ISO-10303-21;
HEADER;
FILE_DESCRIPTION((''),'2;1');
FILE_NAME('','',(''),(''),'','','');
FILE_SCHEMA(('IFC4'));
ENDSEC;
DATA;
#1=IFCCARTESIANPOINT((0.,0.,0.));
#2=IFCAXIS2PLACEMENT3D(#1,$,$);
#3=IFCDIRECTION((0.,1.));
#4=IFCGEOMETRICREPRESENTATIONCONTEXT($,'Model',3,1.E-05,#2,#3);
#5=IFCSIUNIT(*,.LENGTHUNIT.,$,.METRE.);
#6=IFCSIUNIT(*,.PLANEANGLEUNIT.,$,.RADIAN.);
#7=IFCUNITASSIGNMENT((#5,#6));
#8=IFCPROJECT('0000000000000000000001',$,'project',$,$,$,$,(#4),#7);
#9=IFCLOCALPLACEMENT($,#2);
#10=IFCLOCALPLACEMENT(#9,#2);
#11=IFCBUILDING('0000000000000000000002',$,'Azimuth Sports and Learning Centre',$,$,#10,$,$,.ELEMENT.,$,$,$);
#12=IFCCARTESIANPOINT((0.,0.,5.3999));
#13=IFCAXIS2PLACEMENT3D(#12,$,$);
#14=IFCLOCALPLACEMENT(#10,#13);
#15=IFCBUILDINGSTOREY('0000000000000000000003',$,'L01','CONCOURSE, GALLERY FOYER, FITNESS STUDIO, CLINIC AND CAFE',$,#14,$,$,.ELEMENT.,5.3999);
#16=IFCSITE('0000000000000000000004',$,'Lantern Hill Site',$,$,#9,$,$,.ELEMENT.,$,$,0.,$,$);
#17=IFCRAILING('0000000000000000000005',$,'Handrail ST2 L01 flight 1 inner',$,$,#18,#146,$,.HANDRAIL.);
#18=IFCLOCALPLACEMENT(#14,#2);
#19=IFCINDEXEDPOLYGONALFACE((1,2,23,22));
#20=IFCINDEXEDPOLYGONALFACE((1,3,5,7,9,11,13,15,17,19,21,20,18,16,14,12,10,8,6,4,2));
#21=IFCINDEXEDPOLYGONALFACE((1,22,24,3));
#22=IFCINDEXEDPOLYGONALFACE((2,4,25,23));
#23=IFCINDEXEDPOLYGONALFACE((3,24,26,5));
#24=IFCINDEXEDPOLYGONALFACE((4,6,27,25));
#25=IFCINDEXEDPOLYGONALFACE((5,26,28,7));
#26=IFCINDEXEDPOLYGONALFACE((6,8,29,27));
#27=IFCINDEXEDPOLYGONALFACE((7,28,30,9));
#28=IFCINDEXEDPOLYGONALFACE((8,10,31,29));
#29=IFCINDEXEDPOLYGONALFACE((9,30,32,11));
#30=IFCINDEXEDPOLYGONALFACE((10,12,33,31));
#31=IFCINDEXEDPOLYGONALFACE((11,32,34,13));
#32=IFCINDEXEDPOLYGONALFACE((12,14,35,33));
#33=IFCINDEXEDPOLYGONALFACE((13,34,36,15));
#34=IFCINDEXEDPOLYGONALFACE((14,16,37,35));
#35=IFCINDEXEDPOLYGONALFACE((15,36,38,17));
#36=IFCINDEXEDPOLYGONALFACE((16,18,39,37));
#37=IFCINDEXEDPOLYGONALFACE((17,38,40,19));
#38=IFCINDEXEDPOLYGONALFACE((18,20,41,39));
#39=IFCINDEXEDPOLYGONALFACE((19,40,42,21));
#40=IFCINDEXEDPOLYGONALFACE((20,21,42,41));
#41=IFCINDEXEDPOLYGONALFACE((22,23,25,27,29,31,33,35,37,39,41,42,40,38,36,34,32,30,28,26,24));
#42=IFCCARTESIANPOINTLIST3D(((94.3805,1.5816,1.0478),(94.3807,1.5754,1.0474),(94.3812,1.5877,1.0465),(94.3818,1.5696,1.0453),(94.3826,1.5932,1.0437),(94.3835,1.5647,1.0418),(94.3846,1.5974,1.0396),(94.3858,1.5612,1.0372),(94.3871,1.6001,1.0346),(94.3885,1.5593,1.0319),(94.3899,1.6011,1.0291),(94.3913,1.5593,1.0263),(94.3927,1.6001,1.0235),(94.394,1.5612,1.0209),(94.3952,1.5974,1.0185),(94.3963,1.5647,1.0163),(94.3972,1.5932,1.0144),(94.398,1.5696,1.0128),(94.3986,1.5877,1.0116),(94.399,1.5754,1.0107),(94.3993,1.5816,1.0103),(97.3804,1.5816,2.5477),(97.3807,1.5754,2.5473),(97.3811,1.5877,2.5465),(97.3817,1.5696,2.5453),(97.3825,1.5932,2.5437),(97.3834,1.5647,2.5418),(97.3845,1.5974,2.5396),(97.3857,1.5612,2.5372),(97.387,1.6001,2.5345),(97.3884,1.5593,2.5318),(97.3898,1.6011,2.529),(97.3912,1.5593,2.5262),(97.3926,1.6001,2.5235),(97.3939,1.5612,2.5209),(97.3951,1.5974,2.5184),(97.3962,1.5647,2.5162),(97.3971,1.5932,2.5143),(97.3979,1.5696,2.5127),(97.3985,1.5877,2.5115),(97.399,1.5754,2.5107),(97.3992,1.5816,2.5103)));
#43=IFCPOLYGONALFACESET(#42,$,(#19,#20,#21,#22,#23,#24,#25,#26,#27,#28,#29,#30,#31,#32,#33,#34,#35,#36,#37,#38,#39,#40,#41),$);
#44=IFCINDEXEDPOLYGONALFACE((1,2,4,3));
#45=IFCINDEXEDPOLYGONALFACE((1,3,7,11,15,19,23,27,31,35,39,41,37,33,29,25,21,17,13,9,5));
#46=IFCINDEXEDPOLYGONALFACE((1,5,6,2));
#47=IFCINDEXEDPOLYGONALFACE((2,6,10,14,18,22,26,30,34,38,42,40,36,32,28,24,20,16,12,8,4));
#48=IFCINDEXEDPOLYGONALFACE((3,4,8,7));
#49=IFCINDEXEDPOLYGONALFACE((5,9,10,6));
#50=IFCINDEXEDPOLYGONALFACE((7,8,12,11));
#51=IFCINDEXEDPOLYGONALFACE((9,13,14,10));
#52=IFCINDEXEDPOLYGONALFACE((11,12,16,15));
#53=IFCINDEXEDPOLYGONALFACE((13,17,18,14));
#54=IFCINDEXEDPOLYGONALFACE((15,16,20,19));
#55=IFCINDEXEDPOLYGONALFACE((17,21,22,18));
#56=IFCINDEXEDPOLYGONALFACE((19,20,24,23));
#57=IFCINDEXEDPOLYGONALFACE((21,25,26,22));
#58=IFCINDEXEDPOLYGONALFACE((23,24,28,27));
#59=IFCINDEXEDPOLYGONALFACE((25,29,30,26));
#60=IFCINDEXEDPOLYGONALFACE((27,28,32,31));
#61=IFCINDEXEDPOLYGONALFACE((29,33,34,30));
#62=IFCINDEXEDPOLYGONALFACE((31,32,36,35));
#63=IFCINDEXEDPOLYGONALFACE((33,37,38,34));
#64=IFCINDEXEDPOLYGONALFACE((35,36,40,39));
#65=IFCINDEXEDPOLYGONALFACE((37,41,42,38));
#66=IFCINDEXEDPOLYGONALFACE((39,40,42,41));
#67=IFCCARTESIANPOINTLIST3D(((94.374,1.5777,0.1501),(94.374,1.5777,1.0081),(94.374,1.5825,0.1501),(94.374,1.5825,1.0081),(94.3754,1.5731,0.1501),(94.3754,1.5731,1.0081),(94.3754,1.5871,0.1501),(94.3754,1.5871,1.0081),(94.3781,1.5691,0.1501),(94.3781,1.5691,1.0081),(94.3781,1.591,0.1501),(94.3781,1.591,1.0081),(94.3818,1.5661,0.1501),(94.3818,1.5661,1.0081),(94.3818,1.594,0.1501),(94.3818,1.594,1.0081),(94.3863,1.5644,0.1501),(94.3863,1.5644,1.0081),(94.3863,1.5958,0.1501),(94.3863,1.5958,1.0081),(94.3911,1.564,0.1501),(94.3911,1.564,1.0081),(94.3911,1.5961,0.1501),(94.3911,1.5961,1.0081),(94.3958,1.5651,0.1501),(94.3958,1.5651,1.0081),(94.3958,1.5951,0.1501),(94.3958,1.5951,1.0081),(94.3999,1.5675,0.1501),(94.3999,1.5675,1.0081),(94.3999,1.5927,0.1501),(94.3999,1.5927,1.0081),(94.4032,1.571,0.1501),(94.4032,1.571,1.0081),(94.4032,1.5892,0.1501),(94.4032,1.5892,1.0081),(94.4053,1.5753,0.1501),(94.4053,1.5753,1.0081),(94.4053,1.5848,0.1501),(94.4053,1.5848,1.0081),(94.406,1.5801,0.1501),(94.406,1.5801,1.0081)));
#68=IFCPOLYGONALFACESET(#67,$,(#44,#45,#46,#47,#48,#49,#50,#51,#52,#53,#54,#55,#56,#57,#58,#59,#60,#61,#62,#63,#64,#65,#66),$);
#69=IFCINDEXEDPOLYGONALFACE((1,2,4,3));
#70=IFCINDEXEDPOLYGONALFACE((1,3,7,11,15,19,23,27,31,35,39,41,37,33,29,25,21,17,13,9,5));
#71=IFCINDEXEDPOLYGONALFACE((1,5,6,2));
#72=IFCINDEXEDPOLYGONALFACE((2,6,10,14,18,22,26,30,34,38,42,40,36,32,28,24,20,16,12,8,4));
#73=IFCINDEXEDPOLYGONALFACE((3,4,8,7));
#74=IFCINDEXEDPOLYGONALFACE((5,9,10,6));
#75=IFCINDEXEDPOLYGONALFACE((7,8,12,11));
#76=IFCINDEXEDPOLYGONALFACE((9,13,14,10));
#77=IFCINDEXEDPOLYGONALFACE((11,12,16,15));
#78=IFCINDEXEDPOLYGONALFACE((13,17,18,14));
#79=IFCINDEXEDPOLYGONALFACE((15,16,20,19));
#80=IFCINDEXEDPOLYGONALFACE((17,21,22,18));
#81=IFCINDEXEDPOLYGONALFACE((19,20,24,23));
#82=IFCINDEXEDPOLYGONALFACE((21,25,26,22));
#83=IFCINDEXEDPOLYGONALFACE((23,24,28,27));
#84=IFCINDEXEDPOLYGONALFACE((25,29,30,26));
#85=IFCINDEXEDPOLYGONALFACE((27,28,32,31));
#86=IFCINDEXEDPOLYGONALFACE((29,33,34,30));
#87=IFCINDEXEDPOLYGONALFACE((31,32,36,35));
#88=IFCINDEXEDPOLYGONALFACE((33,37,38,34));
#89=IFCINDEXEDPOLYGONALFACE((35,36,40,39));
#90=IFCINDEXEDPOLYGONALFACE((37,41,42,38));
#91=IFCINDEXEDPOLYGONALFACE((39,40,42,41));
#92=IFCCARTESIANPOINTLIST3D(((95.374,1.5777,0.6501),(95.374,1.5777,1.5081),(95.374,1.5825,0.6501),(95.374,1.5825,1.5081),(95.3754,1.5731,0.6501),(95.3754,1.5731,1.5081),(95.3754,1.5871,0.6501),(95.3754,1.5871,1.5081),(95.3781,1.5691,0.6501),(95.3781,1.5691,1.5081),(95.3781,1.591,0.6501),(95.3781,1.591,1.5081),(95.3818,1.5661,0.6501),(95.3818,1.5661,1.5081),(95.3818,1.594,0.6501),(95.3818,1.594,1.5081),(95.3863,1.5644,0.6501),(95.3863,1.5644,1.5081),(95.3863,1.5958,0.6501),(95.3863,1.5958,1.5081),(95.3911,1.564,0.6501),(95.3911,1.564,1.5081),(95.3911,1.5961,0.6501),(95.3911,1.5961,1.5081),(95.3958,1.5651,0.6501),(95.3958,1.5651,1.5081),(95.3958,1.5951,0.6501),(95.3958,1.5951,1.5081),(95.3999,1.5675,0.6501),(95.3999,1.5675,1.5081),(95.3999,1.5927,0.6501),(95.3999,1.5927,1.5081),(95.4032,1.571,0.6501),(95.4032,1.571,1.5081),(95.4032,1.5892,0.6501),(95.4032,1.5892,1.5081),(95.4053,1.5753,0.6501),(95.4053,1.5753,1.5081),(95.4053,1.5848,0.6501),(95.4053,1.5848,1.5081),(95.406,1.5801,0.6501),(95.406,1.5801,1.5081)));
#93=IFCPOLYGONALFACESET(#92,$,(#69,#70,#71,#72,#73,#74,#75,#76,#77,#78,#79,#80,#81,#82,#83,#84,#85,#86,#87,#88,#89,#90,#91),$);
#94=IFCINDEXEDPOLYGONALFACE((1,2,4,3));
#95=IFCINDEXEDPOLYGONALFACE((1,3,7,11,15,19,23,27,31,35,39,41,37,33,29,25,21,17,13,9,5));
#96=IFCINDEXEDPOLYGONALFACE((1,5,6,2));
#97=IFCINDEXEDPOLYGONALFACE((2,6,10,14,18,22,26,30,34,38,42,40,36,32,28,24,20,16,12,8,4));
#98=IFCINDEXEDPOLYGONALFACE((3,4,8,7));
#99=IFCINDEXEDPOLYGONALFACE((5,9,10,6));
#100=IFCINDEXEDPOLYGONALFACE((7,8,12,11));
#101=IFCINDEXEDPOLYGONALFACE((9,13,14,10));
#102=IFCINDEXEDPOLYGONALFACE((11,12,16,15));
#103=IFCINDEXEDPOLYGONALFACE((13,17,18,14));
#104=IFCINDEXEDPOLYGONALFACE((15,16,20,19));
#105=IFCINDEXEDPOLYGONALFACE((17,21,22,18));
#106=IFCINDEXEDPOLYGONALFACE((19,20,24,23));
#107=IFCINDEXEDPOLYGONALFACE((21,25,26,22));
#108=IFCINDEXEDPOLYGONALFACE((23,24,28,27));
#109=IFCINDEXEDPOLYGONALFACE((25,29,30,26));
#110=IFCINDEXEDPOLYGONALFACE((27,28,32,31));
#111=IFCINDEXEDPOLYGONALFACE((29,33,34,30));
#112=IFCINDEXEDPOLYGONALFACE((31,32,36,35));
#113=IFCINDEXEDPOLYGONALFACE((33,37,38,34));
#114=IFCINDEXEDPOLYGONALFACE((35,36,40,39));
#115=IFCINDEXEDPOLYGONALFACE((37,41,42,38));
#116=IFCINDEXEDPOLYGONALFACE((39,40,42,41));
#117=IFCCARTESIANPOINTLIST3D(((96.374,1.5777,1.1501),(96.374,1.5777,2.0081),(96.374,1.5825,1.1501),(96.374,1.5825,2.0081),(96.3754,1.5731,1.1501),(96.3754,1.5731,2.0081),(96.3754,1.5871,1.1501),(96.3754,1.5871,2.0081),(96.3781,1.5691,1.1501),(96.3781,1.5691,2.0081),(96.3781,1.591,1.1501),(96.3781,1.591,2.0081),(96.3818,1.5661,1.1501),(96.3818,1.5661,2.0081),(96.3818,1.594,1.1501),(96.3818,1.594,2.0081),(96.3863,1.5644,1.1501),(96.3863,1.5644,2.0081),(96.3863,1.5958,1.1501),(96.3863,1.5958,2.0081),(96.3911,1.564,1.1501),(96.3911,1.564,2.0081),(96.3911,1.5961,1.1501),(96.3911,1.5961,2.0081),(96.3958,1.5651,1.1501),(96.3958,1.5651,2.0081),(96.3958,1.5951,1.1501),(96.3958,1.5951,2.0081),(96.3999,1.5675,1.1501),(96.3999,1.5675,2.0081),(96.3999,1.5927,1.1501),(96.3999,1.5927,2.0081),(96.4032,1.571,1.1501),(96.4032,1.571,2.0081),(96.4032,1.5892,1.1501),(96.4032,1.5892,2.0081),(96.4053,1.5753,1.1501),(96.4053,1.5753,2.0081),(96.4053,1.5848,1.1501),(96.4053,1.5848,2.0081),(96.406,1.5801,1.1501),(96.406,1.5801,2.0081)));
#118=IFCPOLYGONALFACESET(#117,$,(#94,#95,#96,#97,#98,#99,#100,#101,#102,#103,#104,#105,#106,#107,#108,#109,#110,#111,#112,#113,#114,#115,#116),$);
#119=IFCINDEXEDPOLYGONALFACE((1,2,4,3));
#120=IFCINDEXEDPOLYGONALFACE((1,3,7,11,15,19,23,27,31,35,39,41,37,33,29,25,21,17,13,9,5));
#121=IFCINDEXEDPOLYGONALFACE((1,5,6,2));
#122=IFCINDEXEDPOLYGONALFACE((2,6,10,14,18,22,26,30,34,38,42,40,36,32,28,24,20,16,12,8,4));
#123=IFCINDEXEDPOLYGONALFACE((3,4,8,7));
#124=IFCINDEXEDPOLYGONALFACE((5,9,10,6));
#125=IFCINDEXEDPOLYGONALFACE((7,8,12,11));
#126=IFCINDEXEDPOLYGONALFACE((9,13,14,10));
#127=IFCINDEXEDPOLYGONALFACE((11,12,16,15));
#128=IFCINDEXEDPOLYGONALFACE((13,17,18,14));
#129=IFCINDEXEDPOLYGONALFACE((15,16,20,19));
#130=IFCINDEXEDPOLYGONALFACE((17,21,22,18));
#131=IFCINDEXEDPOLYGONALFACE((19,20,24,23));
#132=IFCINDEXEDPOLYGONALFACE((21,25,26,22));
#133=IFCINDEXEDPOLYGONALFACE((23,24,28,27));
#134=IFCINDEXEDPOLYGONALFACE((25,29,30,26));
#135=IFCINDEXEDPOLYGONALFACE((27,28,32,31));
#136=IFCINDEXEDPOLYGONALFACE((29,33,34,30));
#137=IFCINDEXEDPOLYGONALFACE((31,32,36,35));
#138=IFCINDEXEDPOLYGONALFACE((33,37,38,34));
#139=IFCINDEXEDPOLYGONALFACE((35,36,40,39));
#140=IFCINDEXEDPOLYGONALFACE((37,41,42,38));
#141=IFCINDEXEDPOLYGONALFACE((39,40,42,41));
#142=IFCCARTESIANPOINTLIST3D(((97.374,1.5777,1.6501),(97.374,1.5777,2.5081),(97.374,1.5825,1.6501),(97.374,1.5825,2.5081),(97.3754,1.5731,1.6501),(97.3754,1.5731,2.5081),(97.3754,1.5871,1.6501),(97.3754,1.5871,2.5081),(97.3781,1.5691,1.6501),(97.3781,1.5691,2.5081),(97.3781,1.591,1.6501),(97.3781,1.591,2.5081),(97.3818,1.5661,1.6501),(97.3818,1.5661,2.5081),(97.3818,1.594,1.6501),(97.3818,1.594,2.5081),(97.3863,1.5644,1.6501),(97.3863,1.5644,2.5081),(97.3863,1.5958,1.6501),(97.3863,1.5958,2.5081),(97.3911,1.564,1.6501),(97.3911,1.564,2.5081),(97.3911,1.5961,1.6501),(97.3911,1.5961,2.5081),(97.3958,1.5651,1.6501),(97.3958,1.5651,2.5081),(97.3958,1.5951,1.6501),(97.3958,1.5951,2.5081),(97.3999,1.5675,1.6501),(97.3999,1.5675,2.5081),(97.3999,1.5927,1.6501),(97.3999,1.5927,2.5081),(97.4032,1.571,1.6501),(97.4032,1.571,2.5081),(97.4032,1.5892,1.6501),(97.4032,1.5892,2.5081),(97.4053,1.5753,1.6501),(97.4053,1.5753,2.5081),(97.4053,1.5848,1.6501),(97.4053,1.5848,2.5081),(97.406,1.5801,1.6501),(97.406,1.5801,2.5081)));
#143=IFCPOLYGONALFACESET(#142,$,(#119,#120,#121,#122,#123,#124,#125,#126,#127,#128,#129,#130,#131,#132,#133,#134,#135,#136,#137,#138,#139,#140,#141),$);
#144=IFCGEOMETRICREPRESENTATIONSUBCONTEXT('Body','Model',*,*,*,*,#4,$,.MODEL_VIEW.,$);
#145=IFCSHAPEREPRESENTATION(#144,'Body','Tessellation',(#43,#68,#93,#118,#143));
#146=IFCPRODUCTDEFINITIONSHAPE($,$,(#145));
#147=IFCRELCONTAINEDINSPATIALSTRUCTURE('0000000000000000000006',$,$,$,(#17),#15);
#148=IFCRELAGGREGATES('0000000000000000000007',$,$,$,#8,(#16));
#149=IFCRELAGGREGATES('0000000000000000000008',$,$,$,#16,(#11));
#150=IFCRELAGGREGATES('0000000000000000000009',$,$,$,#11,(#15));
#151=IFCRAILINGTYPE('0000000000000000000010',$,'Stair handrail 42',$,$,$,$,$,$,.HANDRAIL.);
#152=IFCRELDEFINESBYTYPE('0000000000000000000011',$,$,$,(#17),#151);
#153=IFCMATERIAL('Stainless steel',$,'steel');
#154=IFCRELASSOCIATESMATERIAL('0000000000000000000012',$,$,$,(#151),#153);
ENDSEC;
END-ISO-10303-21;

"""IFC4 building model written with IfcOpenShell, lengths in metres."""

from ifc_helpers import new_model, si_unit, direction, frame, origin, origin_2d, place, context, subcontext, project, spatial, circle, extrude, material, type_object, element, save


model = new_model("IFC4")

# Units and contexts
model_context = context("Model", 3, precision=1e-05, world=origin(), true_north=direction((0.0, 1.0)))
body_context = subcontext(model_context, "Body", "Model", "MODEL_VIEW")
ifc_project = project(units=[si_unit("LENGTHUNIT", "METRE"), si_unit("PLANEANGLEUNIT", "RADIAN")], contexts=[model_context])

# Site, building, storey
site_placement = place(None, origin())
site = spatial("IfcSite", under=ifc_project, at=site_placement, Name="Lantern Hill Site", CompositionType="ELEMENT", RefElevation=0.0)
building_placement = place(site_placement, origin())
building = spatial("IfcBuilding", under=site, at=building_placement, Name="Azimuth Sports and Learning Centre", CompositionType="ELEMENT")
storey_placement = place(building_placement, frame((0.0, 0.0, 5.3999)))
storey = spatial("IfcBuildingStorey", under=building, at=storey_placement, Name="L01", Description="CONCOURSE, GALLERY FOYER, FITNESS STUDIO, CLINIC AND CAFE", CompositionType="ELEMENT", Elevation=5.3999)

# Railing
ifc_material_1 = material(Name="Stainless steel", Category="steel")
railing_type = type_object("IfcRailingType", Name="Stair handrail 42", PredefinedType="HANDRAIL", material=ifc_material_1)
for number, where, name in (
    (1, (94.3899, 1.5801, 0.1501), "Handrail ST2 L01 flight 1 inner"),
):
    element("IfcRailing", number, at=place(storey_placement, frame(where)), inside=storey, type_object=railing_type, Name=name, PredefinedType="HANDRAIL", context=body_context, shape_type="SweptSolid", body=[
        extrude(circle(Radius=0.021, at=origin_2d()), frame((0.0, 0.0, 0.8789), z_axis=(0.894427, 0.0, 0.447214), x_axis=(0.0, 1.0, 0.0)), (0.0, 0.0, 1.0), 3.354),
        extrude(circle(Radius=0.0161, at=origin_2d()), origin(), (0.0, 0.0, 1.0), 0.8579),
        extrude(circle(Radius=0.0161, at=origin_2d()), frame((1.0, 0.0, 0.5)), (0.0, 0.0, 1.0), 0.8579),
        extrude(circle(Radius=0.0161, at=origin_2d()), frame((2.0, 0.0, 1.0)), (0.0, 0.0, 1.0), 0.8579),
        extrude(circle(Radius=0.0161, at=origin_2d()), frame((3.0, 0.0, 1.5)), (0.0, 0.0, 1.0), 0.8579),
    ])

save(model, "model.ifc")
